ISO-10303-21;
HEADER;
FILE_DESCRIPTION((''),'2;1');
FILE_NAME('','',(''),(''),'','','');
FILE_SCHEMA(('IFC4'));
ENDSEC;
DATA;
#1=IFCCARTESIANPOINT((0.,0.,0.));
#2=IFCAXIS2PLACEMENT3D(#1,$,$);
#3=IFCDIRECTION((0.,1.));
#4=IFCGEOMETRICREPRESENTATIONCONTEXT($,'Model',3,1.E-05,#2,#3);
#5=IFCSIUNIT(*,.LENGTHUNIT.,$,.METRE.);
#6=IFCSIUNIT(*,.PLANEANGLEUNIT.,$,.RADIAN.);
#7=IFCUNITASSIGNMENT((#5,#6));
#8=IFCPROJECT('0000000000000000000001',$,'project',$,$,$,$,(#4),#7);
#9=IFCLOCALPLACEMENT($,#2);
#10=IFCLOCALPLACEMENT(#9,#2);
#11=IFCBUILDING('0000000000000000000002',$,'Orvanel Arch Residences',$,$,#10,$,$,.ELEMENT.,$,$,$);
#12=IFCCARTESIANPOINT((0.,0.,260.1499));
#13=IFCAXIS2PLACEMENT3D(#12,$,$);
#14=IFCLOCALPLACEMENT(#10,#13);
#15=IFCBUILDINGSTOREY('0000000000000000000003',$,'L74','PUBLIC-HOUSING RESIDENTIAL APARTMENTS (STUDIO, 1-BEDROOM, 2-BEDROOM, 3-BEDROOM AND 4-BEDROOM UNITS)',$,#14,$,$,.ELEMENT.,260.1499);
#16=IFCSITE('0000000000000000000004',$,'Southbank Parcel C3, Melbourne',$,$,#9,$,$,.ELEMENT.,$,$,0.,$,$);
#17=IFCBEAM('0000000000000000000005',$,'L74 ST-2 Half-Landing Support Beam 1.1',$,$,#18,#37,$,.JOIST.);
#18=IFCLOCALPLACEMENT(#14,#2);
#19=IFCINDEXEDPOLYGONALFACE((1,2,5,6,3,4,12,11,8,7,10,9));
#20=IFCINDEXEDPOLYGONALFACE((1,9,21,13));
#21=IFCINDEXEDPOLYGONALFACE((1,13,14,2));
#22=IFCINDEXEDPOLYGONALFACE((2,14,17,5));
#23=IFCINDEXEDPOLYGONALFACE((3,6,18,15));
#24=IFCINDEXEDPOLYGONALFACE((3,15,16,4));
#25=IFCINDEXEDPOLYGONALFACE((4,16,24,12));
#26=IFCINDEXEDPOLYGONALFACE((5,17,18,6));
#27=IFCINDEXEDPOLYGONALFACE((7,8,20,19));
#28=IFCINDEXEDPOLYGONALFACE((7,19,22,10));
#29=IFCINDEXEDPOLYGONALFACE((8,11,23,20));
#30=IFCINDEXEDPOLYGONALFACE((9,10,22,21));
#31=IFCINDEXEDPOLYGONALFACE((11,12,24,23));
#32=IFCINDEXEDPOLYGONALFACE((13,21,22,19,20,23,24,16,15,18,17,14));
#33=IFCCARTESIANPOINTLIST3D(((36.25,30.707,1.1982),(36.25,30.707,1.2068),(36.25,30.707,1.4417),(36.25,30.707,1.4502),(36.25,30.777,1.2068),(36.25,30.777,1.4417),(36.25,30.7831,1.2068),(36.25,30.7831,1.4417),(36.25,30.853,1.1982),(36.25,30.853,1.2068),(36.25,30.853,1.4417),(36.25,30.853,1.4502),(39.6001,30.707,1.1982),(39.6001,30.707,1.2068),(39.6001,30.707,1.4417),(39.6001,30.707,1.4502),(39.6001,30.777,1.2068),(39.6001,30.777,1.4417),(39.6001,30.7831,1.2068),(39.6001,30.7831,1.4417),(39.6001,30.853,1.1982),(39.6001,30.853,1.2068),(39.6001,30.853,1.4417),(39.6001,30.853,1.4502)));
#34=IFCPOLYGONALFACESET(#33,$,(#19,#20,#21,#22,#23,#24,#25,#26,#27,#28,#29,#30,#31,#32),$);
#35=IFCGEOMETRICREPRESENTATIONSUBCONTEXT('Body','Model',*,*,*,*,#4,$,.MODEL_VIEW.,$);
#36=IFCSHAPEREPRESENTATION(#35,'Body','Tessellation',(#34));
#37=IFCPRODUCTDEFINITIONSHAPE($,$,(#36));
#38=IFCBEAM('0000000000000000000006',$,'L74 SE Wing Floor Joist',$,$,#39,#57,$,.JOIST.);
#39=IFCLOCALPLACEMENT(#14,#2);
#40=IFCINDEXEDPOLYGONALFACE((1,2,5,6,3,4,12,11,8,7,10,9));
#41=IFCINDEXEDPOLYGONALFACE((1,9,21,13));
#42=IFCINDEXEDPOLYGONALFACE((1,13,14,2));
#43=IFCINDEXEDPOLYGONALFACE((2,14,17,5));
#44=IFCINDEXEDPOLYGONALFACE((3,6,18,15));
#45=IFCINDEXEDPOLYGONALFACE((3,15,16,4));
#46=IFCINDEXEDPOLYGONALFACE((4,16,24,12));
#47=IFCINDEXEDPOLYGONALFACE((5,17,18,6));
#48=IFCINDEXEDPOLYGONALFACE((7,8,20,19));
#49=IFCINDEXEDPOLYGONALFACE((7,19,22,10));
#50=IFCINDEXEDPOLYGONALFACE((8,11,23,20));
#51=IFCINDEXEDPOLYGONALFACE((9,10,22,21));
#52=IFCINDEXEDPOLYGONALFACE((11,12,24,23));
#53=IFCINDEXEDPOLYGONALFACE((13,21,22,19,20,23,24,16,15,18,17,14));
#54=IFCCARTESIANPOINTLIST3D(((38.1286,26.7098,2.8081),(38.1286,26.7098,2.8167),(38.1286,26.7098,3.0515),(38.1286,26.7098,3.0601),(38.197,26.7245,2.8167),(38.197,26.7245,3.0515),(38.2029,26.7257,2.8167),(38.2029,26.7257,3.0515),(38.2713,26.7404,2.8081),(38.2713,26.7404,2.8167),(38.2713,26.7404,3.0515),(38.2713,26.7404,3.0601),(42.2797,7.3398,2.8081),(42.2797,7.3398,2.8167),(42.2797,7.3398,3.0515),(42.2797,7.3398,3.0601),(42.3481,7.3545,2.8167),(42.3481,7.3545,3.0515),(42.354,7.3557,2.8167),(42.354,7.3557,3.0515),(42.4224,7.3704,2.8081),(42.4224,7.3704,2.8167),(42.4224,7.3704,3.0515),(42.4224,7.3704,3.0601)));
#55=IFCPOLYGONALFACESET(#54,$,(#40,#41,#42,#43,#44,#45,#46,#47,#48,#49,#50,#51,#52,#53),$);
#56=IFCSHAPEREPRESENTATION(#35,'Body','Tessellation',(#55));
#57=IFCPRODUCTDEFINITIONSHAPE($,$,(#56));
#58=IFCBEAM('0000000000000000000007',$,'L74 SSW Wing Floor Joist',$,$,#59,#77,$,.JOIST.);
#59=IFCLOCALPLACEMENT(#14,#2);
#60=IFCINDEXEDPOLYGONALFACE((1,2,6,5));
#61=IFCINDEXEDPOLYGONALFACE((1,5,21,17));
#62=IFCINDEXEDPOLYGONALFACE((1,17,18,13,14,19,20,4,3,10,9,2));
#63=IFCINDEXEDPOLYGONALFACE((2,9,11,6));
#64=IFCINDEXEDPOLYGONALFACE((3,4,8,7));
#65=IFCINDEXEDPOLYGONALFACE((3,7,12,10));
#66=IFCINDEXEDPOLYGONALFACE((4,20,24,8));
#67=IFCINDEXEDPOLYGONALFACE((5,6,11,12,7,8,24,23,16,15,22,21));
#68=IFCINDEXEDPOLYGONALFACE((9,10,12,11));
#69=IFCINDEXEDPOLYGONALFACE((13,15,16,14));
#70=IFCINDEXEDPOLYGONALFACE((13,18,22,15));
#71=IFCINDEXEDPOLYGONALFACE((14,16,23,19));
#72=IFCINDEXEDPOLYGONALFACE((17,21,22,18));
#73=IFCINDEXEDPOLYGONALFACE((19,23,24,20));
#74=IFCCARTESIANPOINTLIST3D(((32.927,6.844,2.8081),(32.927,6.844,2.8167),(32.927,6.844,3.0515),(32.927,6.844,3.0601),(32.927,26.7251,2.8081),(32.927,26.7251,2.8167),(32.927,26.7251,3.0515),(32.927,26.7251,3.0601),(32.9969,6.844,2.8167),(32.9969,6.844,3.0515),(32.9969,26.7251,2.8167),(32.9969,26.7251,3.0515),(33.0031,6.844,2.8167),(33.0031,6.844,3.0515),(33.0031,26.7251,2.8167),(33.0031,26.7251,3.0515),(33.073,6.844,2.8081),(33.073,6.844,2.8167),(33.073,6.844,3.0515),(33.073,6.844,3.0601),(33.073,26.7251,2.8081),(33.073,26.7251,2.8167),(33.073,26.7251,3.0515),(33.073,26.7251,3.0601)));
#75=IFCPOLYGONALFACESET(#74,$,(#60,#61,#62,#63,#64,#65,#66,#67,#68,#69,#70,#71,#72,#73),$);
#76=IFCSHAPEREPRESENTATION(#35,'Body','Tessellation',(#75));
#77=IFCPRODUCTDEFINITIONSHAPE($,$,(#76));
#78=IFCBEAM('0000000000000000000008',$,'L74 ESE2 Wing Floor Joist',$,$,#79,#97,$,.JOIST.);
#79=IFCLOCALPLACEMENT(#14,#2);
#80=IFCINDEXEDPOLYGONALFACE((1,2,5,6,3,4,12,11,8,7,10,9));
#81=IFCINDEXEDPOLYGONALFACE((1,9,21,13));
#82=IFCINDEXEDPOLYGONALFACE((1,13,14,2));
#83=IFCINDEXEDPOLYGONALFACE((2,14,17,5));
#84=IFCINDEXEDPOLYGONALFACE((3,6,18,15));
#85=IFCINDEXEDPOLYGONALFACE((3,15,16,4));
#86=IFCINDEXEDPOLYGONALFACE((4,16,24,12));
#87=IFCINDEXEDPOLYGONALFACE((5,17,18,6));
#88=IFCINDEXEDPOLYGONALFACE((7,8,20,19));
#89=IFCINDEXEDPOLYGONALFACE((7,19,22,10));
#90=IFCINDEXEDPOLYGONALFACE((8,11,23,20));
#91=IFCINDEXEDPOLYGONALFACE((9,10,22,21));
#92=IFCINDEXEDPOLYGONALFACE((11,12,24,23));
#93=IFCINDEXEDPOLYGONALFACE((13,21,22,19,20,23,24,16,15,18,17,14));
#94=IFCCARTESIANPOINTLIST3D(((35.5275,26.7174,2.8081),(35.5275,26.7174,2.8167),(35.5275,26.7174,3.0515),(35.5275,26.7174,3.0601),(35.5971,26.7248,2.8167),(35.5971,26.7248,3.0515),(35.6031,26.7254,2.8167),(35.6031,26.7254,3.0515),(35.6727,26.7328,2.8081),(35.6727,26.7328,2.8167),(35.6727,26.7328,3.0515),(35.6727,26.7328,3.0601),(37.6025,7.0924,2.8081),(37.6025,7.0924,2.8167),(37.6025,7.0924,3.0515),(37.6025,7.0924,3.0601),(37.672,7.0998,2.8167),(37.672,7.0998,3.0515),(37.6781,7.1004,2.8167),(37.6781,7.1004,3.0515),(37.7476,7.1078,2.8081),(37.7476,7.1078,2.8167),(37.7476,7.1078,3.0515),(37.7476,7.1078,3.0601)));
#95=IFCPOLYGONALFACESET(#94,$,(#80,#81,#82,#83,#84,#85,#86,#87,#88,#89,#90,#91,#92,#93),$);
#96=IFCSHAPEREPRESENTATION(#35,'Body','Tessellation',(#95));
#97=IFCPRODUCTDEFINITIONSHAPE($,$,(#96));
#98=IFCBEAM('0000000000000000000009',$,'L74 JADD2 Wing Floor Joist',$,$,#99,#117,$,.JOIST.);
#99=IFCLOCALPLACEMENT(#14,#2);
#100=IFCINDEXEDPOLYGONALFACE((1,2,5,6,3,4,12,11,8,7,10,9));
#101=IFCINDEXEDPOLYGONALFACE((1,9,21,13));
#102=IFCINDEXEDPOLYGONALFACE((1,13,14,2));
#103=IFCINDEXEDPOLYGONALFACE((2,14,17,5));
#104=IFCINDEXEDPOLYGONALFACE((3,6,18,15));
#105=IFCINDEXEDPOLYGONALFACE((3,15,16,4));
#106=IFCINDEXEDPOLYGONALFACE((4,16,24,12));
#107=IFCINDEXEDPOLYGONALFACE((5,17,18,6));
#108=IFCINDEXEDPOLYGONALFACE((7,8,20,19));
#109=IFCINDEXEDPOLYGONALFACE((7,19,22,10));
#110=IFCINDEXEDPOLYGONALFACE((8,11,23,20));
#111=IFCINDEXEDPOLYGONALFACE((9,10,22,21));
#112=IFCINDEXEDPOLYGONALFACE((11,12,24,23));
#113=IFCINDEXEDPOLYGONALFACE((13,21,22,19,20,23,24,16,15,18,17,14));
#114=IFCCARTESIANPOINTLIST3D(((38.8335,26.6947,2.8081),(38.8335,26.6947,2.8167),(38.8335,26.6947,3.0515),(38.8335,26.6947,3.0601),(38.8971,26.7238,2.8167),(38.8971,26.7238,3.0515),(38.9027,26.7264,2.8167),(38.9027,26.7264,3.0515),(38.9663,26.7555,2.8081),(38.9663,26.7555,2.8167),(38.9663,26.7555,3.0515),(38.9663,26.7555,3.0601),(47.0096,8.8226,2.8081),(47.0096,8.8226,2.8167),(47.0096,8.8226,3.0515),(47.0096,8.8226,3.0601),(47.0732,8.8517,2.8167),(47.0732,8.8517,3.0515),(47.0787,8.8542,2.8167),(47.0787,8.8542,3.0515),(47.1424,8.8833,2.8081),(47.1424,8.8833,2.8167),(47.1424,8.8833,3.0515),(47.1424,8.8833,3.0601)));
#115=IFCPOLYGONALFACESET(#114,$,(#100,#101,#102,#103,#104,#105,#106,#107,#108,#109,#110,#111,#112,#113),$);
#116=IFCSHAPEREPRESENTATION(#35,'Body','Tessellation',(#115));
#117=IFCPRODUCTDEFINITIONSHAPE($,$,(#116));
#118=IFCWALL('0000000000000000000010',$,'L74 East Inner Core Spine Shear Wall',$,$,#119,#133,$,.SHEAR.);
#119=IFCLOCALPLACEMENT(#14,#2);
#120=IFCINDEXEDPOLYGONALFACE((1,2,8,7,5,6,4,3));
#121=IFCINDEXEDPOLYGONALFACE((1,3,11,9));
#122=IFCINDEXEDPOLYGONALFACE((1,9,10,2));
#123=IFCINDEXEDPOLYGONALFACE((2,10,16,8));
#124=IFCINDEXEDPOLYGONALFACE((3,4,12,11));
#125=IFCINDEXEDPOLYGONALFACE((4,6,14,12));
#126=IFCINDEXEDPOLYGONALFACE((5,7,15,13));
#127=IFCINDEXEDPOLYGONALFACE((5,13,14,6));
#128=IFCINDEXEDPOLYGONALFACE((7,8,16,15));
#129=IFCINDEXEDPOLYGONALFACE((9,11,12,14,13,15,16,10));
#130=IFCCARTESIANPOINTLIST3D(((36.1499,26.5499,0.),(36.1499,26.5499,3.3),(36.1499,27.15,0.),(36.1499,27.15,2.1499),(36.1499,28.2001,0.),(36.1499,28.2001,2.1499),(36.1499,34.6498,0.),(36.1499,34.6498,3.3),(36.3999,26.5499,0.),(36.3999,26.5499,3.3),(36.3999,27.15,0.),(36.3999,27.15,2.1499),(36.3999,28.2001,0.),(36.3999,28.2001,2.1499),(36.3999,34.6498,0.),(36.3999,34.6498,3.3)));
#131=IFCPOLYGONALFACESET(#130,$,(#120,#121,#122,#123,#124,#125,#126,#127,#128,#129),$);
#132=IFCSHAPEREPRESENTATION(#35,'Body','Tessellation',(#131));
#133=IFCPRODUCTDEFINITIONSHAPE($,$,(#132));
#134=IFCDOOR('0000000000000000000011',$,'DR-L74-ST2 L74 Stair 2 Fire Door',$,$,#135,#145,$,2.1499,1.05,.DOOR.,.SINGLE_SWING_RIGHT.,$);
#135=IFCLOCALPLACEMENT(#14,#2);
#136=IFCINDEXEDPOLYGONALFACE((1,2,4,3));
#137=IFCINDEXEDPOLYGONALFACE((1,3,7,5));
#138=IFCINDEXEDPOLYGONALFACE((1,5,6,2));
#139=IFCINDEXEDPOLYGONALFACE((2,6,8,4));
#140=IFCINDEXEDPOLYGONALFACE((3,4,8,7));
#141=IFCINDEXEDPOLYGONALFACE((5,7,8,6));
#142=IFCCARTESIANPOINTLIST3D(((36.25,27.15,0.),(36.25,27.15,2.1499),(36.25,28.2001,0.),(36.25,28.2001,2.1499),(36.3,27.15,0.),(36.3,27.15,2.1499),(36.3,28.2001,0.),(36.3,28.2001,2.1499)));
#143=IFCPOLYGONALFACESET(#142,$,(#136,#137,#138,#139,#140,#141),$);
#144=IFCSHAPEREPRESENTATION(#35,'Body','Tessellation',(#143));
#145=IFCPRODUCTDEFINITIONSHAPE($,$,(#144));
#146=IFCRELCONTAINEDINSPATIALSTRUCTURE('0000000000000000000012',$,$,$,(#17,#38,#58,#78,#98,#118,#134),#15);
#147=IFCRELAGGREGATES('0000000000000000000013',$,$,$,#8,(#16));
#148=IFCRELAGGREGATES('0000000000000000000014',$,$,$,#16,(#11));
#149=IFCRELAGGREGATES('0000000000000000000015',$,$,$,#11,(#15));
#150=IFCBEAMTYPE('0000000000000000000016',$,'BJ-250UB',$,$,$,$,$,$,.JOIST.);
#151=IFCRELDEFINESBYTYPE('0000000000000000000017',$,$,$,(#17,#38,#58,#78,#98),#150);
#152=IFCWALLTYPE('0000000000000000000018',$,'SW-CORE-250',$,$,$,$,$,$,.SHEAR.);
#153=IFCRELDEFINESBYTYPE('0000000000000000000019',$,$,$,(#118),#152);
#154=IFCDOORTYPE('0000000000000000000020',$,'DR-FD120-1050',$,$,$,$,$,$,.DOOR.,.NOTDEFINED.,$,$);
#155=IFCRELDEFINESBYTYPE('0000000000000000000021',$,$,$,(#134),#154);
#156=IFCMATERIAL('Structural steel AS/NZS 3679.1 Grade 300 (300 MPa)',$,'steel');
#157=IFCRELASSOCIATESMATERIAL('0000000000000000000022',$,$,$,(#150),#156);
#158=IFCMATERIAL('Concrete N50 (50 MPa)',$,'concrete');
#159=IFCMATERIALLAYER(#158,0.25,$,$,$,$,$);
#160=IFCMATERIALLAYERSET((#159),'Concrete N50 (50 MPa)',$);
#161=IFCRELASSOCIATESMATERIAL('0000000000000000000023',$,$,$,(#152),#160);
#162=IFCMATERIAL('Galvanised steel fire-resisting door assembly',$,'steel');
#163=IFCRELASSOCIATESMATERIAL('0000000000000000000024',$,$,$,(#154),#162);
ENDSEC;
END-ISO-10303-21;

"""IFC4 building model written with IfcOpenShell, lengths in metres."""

from ifc_helpers import new_model, si_unit, direction, frame, frame_2d, origin, origin_2d, place, context, subcontext, project, spatial, rectangle, i_section, extrude, material, layer, layer_set, material_profile, profile_set, type_object, element, fill, save


model = new_model("IFC4")

# Units and contexts
model_context = context("Model", 3, precision=1e-05, world=origin(), true_north=direction((0.0, 1.0)))
body_context = subcontext(model_context, "Body", "Model", "MODEL_VIEW")
ifc_project = project(units=[si_unit("LENGTHUNIT", "METRE"), si_unit("PLANEANGLEUNIT", "RADIAN")], contexts=[model_context])

# Site, building, storey
site_placement = place(None, origin())
site = spatial("IfcSite", under=ifc_project, at=site_placement, Name="Southbank Parcel C3, Melbourne", CompositionType="ELEMENT", RefElevation=0.0)
building_placement = place(site_placement, origin())
building = spatial("IfcBuilding", under=site, at=building_placement, Name="Orvanel Arch Residences", CompositionType="ELEMENT")
storey_placement = place(building_placement, frame((0.0, 0.0, 260.1499)))
storey = spatial("IfcBuildingStorey", under=building, at=storey_placement, Name="L74", Description="PUBLIC-HOUSING RESIDENTIAL APARTMENTS (STUDIO, 1-BEDROOM, 2-BEDROOM, 3-BEDROOM AND 4-BEDROOM UNITS)", CompositionType="ELEMENT", Elevation=260.1499)

# Beams
ifc_material_1 = material(Name="Structural steel AS/NZS 3679.1 Grade 300 (300 MPa)", Category="steel")
ifc_material_profile = material_profile(ifc_material_1, i_section(OverallWidth=0.146, OverallDepth=0.252, WebThickness=0.0061, FlangeThickness=0.0085, at=origin_2d()), Name="250UB31.4")
ifc_profile_set = profile_set([ifc_material_profile], Name="Structural steel AS/NZS 3679.1 Grade 300 (300 MPa)")
beam_type = type_object("IfcBeamType", Name="BJ-250UB", PredefinedType="JOIST", material=ifc_profile_set)
beam_1_placement = place(storey_placement, frame((36.25, 30.78, 1.3242), z_axis=(1.0, 0.0, 0.0), x_axis=(0.0, 1.0, 0.0)))
element("IfcBeam", 1, at=beam_1_placement, inside=storey, type_object=beam_type, Name="L74 ST-2 Half-Landing Support Beam 1.1", PredefinedType="JOIST", context=body_context, shape_type="SweptSolid", body=[
    extrude(i_section(OverallWidth=0.146, OverallDepth=0.252, WebThickness=0.0061, FlangeThickness=0.0085, at=origin_2d()), origin(), (0.0, 0.0, 1.0), 3.3501),
])
beam_2_placement = place(storey_placement, frame((38.2, 26.7251, 2.9341), z_axis=(0.209548, -0.977798, 0.0), x_axis=(0.977798, 0.209548, 0.0)))
element("IfcBeam", 2, at=beam_2_placement, inside=storey, type_object=beam_type, Name="L74 SE Wing Floor Joist", PredefinedType="JOIST", context=body_context, shape_type="SweptSolid", body=[
    extrude(i_section(OverallWidth=0.146, OverallDepth=0.252, WebThickness=0.0061, FlangeThickness=0.0085, at=origin_2d()), origin(), (0.0, 0.0, 1.0), 19.8098),
])
beam_3_placement = place(storey_placement, frame((33.0, 26.7251, 2.9341), z_axis=(0.0, -1.0, 0.0), x_axis=(1.0, 0.0, 0.0)))
element("IfcBeam", 3, at=beam_3_placement, inside=storey, type_object=beam_type, Name="L74 SSW Wing Floor Joist", PredefinedType="JOIST", context=body_context, shape_type="SweptSolid", body=[
    extrude(i_section(OverallWidth=0.146, OverallDepth=0.252, WebThickness=0.0061, FlangeThickness=0.0085, at=origin_2d()), origin(), (0.0, 0.0, 1.0), 19.8811),
])
beam_4_placement = place(storey_placement, frame((35.6001, 26.7251, 2.9341), z_axis=(0.105144, -0.994457, 0.0), x_axis=(0.994457, 0.105144, 0.0)))
element("IfcBeam", 4, at=beam_4_placement, inside=storey, type_object=beam_type, Name="L74 ESE2 Wing Floor Joist", PredefinedType="JOIST", context=body_context, shape_type="SweptSolid", body=[
    extrude(i_section(OverallWidth=0.146, OverallDepth=0.252, WebThickness=0.0061, FlangeThickness=0.0085, at=origin_2d()), origin(), (0.0, 0.0, 1.0), 19.7344),
])
beam_5_placement = place(storey_placement, frame((38.8999, 26.7251, 2.9341), z_axis=(0.41601, -0.90936, 0.0), x_axis=(0.90936, 0.41601, 0.0)))
element("IfcBeam", 5, at=beam_5_placement, inside=storey, type_object=beam_type, Name="L74 JADD2 Wing Floor Joist", PredefinedType="JOIST", context=body_context, shape_type="SweptSolid", body=[
    extrude(i_section(OverallWidth=0.146, OverallDepth=0.252, WebThickness=0.0061, FlangeThickness=0.0085, at=origin_2d()), origin(), (0.0, 0.0, 1.0), 19.6536),
])

# Wall, opening, door
ifc_material_2 = material(Name="Concrete N50 (50 MPa)", Category="concrete")
ifc_layer_1 = layer(ifc_material_2, 0.25)
ifc_layer_set_1 = layer_set([ifc_layer_1], Name="Concrete N50 (50 MPa)")
wall_type_1 = type_object("IfcWallType", Name="SW-CORE-250", PredefinedType="SHEAR", material=ifc_layer_set_1)
wall_1_placement = place(storey_placement, frame((36.2749, 26.55, 0.0), z_axis=(0.0, 0.0, 1.0), x_axis=(0.0, 1.0, 0.0)))
wall_1 = element("IfcWall", 6, at=wall_1_placement, inside=storey, type_object=wall_type_1, Name="L74 East Inner Core Spine Shear Wall", PredefinedType="SHEAR", context=body_context, shape_type="SweptSolid", body=[
    extrude(rectangle(XDim=8.0999, YDim=0.25, at=frame_2d((4.0498, 0.0))), origin(), (0.0, 0.0, 1.0), 3.3),
])
opening_1_placement = place(wall_1_placement, frame((0.6001, 0.0, 0.0)))
opening_1 = element("IfcOpeningElement", 7, at=opening_1_placement, cuts=wall_1, PredefinedType="OPENING", context=body_context, shape_type="SweptSolid", body=[
    extrude(rectangle(XDim=1.05, YDim=2.1499, at=frame_2d((0.5249, 1.075))), frame((0.0, 0.135, 0.0), z_axis=(0.0, -1.0, 0.0), x_axis=(1.0, 0.0, 0.0)), (0.0, 0.0, 1.0), 0.27),
])
ifc_material_3 = material(Name="Galvanised steel fire-resisting door assembly", Category="steel")
door_type_1 = type_object("IfcDoorType", Name="DR-FD120-1050", OperationType="NOTDEFINED", PredefinedType="DOOR", material=ifc_material_3)
door_1_placement = place(opening_1_placement, origin())
door_1 = element("IfcDoor", 8, at=door_1_placement, inside=storey, type_object=door_type_1, Name="DR-L74-ST2 L74 Stair 2 Fire Door", OperationType="SINGLE_SWING_RIGHT", OverallHeight=2.1499, OverallWidth=1.05, PredefinedType="DOOR", context=body_context, shape_type="SweptSolid", body=[
    extrude(rectangle(XDim=1.05, YDim=2.1499, at=frame_2d((0.5249, 1.075))), frame((0.0, 0.0249, 0.0), z_axis=(0.0, -1.0, 0.0), x_axis=(1.0, 0.0, 0.0)), (0.0, 0.0, 1.0), 0.05),
])
fill(opening_1, door_1)

save(model, "model.ifc")
